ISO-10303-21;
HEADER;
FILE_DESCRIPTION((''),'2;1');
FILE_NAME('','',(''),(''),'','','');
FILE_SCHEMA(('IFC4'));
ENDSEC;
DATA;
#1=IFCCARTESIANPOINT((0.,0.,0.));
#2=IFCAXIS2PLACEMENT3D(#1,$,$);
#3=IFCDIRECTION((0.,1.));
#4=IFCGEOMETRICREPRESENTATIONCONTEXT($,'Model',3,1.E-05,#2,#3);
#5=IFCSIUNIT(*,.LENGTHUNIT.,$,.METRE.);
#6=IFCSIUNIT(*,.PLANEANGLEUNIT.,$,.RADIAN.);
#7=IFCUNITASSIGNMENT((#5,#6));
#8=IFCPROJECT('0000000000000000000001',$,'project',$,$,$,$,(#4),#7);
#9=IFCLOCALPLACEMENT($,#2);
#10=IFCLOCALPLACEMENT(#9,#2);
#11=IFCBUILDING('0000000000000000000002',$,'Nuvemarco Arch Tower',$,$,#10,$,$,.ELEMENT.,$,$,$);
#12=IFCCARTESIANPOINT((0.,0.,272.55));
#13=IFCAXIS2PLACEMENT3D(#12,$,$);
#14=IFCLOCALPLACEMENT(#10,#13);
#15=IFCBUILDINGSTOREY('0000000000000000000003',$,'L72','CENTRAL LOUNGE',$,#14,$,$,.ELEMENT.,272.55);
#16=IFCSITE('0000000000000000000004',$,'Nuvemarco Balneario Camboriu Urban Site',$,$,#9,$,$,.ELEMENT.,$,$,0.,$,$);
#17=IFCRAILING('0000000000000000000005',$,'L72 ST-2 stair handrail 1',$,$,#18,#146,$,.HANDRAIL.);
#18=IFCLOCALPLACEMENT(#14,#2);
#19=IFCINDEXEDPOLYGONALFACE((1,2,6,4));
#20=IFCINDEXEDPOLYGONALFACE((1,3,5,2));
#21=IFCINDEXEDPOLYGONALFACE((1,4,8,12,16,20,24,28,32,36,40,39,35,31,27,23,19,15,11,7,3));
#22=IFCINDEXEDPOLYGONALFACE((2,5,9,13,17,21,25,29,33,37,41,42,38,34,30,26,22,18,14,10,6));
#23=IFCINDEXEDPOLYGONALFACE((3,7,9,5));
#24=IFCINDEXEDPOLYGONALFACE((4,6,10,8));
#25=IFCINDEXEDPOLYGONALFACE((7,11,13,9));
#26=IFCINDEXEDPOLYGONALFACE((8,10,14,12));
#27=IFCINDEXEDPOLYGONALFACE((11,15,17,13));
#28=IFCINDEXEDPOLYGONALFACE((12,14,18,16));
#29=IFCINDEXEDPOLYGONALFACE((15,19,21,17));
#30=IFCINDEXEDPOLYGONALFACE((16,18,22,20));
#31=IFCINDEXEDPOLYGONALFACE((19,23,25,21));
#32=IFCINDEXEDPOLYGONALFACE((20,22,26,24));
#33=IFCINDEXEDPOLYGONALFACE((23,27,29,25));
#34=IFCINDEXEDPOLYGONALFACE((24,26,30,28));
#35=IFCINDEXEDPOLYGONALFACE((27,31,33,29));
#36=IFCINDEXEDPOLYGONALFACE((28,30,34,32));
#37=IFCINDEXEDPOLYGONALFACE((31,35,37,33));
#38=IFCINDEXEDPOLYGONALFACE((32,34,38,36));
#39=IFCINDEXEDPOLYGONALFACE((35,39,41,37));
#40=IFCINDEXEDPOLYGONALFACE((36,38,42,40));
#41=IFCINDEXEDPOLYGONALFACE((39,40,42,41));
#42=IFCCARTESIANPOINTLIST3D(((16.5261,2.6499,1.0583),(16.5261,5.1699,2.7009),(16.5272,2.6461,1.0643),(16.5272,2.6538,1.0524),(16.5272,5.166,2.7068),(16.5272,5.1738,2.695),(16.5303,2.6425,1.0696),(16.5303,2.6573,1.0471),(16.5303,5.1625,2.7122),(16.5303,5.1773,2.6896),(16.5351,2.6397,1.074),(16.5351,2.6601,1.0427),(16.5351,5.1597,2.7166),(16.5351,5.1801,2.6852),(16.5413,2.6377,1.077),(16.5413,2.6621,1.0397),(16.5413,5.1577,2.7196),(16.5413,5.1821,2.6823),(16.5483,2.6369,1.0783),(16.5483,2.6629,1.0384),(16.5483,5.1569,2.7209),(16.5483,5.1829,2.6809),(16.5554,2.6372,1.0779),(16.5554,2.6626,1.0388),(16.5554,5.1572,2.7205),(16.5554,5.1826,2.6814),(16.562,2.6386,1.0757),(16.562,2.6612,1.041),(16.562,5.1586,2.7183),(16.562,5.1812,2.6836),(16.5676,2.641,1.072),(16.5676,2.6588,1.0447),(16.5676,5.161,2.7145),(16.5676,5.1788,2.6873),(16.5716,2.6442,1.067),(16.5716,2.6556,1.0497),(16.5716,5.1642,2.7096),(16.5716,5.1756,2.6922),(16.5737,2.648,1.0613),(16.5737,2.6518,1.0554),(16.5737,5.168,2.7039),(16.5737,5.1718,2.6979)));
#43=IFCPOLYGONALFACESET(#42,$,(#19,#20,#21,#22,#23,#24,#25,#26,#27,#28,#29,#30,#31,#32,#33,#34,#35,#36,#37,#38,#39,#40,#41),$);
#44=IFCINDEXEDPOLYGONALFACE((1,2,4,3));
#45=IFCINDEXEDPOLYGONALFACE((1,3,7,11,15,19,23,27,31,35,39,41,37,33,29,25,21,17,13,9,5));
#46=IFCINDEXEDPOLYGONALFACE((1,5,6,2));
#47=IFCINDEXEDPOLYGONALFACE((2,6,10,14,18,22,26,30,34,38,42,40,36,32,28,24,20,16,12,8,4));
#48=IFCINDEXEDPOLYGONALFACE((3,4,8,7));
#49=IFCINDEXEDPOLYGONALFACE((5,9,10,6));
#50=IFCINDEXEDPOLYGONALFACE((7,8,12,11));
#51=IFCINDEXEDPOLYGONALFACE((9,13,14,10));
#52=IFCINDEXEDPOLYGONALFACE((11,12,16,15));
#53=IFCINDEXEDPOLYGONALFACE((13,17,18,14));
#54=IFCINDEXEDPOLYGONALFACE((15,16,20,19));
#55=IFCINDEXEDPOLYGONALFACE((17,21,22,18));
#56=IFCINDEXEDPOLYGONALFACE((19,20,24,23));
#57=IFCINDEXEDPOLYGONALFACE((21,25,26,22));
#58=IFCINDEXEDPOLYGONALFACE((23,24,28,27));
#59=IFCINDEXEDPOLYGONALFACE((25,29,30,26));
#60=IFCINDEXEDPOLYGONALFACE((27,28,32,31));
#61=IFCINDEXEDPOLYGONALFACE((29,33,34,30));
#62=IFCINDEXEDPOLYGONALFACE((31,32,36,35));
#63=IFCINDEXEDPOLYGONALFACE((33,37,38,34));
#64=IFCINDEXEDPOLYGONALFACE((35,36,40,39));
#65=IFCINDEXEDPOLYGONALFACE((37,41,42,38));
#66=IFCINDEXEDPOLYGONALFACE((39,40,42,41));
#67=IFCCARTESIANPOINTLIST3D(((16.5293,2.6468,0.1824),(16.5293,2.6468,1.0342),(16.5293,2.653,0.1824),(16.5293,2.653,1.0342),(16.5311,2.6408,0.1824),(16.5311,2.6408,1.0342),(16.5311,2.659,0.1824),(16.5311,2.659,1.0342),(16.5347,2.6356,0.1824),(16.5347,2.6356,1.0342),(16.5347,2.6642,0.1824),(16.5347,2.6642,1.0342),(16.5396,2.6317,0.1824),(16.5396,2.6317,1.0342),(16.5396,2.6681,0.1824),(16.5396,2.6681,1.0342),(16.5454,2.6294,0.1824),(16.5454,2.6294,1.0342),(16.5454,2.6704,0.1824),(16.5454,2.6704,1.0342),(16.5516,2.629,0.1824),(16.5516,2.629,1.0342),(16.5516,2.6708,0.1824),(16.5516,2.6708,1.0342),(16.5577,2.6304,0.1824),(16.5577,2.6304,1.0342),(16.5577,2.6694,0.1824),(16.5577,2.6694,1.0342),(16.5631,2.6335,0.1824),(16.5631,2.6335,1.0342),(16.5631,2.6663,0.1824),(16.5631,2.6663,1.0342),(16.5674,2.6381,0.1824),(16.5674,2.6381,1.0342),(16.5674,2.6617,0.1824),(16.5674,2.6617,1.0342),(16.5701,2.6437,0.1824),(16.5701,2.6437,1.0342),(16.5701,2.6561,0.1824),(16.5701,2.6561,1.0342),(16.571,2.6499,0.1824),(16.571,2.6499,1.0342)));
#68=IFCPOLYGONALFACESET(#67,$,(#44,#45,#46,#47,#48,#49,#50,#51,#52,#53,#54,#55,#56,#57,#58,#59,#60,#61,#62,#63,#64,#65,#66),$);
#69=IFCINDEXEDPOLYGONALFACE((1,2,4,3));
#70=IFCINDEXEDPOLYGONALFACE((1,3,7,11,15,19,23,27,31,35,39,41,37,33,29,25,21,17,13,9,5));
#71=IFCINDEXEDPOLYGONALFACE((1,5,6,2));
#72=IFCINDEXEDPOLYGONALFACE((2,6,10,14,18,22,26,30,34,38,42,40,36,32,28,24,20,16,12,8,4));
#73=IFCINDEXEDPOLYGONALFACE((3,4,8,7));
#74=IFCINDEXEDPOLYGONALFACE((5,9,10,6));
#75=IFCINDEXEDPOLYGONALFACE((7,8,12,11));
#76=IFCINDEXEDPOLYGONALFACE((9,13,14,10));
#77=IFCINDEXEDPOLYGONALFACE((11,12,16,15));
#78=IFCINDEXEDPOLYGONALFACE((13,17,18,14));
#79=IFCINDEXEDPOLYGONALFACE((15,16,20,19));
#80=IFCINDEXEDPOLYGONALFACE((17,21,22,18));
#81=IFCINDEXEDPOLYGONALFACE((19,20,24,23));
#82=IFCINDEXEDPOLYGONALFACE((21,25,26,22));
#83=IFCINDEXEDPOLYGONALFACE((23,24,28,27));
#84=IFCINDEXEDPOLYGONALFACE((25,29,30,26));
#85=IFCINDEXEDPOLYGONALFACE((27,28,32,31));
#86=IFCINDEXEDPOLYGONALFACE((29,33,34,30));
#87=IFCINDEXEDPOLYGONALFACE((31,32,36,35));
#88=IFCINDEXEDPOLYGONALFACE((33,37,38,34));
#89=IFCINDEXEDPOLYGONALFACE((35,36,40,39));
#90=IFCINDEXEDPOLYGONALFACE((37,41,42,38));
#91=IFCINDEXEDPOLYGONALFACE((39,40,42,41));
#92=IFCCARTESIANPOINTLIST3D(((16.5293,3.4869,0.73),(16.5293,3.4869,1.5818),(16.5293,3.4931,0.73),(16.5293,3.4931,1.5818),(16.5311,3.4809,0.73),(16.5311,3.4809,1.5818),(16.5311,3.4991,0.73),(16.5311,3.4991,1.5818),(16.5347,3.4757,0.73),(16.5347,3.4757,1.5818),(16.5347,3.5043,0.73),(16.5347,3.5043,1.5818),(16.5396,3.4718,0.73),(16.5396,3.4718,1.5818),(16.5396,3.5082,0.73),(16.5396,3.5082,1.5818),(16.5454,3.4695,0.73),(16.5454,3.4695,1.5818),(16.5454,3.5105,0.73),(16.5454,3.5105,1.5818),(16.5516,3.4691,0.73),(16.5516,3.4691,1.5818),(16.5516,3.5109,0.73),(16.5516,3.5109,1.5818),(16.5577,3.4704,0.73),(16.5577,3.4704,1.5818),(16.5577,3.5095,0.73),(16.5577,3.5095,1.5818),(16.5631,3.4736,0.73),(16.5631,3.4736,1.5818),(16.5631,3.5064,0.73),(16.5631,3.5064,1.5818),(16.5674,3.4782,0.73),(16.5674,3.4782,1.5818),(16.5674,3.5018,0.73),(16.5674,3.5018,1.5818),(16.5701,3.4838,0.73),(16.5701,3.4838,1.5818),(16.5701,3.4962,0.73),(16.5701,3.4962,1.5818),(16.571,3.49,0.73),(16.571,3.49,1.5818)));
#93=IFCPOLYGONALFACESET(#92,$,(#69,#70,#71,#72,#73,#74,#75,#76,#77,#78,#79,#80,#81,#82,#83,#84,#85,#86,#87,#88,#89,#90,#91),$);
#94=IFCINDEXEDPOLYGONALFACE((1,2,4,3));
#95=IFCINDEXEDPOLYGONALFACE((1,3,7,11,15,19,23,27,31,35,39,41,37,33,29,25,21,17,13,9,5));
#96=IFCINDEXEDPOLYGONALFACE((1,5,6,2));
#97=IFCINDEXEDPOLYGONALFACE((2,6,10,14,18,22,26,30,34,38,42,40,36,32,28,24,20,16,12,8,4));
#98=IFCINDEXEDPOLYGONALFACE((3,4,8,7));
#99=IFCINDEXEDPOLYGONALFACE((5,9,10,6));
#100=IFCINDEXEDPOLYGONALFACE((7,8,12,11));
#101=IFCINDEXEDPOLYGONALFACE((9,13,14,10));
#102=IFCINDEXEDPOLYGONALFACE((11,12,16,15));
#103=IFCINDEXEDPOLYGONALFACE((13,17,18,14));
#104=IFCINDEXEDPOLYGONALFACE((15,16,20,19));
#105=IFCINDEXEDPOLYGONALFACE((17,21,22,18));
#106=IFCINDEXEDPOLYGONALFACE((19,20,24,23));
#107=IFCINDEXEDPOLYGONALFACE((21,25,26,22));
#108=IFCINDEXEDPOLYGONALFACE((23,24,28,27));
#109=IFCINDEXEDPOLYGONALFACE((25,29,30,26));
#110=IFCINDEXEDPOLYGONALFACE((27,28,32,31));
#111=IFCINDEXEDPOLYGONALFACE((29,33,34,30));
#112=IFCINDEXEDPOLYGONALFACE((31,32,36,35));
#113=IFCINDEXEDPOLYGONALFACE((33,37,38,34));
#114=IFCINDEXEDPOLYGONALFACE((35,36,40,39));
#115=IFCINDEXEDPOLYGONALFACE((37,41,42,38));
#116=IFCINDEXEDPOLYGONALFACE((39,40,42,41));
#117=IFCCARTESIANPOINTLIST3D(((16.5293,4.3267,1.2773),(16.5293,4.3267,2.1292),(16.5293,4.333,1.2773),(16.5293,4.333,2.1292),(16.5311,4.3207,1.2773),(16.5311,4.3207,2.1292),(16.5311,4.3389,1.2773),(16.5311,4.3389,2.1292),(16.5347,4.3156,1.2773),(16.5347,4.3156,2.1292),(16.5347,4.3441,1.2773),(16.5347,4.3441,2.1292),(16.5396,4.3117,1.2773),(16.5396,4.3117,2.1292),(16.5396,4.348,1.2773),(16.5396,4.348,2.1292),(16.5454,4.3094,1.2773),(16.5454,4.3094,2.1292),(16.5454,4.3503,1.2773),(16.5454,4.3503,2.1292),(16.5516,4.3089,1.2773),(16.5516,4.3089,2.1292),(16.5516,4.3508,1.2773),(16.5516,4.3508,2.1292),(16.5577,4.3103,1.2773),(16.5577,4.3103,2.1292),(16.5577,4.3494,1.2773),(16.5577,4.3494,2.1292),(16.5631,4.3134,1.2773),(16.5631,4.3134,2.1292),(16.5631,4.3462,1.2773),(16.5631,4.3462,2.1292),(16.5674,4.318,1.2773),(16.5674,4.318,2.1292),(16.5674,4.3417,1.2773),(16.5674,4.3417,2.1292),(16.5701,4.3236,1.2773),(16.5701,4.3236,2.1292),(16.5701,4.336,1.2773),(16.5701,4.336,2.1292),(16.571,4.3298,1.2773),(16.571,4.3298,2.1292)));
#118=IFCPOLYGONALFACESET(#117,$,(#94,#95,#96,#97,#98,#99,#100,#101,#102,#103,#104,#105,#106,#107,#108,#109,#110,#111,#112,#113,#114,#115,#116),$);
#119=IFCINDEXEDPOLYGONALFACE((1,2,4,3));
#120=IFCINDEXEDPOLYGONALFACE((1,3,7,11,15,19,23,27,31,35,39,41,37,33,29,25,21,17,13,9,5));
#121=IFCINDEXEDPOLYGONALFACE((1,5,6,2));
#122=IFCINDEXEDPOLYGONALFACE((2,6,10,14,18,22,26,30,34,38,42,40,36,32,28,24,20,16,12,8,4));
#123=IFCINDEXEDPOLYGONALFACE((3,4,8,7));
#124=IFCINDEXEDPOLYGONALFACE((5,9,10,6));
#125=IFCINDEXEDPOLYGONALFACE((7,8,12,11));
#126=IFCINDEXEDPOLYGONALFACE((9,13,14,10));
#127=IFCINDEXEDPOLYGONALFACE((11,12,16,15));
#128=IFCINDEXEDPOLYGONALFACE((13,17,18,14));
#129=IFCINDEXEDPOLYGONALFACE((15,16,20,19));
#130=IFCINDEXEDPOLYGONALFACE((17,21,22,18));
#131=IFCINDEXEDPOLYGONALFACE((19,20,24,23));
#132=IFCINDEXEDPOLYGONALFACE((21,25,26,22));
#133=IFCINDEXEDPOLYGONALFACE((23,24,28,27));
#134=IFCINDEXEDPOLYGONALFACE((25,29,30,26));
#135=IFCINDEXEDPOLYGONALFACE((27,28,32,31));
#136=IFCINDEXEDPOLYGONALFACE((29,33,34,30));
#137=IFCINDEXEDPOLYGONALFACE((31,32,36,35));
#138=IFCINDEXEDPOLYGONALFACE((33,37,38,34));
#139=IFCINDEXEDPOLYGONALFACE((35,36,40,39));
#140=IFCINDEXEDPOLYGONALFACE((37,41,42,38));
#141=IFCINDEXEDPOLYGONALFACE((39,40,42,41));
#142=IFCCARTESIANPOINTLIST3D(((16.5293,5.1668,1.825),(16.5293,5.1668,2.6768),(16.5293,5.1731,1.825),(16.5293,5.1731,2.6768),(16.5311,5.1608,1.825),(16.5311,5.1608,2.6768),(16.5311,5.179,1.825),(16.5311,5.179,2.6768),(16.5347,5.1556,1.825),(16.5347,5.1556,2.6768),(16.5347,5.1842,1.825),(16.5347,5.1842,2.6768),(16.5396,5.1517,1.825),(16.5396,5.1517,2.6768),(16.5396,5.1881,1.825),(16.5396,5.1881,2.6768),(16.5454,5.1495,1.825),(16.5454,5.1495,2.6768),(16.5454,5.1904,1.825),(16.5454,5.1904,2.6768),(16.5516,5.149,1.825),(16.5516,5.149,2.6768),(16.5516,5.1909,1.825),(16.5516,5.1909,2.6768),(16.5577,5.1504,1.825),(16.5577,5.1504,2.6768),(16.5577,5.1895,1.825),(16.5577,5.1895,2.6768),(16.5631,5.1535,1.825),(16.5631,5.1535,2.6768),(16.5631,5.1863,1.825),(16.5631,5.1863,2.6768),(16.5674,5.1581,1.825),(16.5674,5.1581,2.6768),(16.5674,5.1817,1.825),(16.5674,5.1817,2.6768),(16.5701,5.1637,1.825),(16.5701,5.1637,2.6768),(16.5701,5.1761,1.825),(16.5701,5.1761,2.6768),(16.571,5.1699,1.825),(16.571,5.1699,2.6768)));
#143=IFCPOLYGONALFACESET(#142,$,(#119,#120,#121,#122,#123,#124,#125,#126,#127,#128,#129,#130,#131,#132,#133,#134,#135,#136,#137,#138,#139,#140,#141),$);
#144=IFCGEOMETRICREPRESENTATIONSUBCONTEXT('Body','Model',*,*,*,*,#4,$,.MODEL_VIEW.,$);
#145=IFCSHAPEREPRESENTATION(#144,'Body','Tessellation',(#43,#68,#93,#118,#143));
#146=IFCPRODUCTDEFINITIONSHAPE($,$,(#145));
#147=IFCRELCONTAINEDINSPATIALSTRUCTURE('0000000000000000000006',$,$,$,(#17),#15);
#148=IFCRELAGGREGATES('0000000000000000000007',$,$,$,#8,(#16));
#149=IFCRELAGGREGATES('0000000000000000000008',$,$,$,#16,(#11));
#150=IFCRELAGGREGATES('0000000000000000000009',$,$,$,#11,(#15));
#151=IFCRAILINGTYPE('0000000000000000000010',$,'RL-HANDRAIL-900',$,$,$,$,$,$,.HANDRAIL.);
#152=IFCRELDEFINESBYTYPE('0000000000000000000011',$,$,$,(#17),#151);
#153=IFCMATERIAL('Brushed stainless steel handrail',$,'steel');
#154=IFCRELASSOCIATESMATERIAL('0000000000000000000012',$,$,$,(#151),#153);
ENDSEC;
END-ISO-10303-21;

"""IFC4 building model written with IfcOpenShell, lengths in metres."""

from ifc_helpers import new_model, si_unit, direction, frame, origin, origin_2d, place, context, subcontext, project, spatial, circle, extrude, material, type_object, element, save


model = new_model("IFC4")

# Units and contexts
model_context = context("Model", 3, precision=1e-05, world=origin(), true_north=direction((0.0, 1.0)))
body_context = subcontext(model_context, "Body", "Model", "MODEL_VIEW")
ifc_project = project(units=[si_unit("LENGTHUNIT", "METRE"), si_unit("PLANEANGLEUNIT", "RADIAN")], contexts=[model_context])

# Site, building, storey
site_placement = place(None, origin())
site = spatial("IfcSite", under=ifc_project, at=site_placement, Name="Nuvemarco Balneario Camboriu Urban Site", CompositionType="ELEMENT", RefElevation=0.0)
building_placement = place(site_placement, origin())
building = spatial("IfcBuilding", under=site, at=building_placement, Name="Nuvemarco Arch Tower", CompositionType="ELEMENT")
storey_placement = place(building_placement, frame((0.0, 0.0, 272.55)))
storey = spatial("IfcBuildingStorey", under=building, at=storey_placement, Name="L72", Description="CENTRAL LOUNGE", CompositionType="ELEMENT", Elevation=272.55)

# Railing
ifc_material_1 = material(Name="Brushed stainless steel handrail", Category="steel")
railing_type_1 = type_object("IfcRailingType", Name="RL-HANDRAIL-900", PredefinedType="HANDRAIL", material=ifc_material_1)
railing_1_placement = place(storey_placement, frame((16.55, 2.6499, 0.1824)))
element("IfcRailing", 1, at=railing_1_placement, inside=storey, type_object=railing_type_1, Name="L72 ST-2 stair handrail 1", PredefinedType="HANDRAIL", context=body_context, shape_type="SweptSolid", body=[
    extrude(circle(Radius=0.0239, at=origin_2d()), frame((0.0, 0.0, 0.876), z_axis=(0.0, 0.837749, 0.546055), x_axis=(-1.0, 0.0, 0.0)), (0.0, 0.0, 1.0), 3.0081),
    extrude(circle(Radius=0.021, at=origin_2d()), origin(), (0.0, 0.0, 1.0), 0.8518),
    extrude(circle(Radius=0.021, at=origin_2d()), frame((0.0, 0.8401, 0.5476)), (0.0, 0.0, 1.0), 0.8518),
    extrude(circle(Radius=0.021, at=origin_2d()), frame((0.0, 1.6799, 1.095)), (0.0, 0.0, 1.0), 0.8518),
    extrude(circle(Radius=0.021, at=origin_2d()), frame((0.0, 2.52, 1.6426)), (0.0, 0.0, 1.0), 0.8518),
])

save(model, "model.ifc")
